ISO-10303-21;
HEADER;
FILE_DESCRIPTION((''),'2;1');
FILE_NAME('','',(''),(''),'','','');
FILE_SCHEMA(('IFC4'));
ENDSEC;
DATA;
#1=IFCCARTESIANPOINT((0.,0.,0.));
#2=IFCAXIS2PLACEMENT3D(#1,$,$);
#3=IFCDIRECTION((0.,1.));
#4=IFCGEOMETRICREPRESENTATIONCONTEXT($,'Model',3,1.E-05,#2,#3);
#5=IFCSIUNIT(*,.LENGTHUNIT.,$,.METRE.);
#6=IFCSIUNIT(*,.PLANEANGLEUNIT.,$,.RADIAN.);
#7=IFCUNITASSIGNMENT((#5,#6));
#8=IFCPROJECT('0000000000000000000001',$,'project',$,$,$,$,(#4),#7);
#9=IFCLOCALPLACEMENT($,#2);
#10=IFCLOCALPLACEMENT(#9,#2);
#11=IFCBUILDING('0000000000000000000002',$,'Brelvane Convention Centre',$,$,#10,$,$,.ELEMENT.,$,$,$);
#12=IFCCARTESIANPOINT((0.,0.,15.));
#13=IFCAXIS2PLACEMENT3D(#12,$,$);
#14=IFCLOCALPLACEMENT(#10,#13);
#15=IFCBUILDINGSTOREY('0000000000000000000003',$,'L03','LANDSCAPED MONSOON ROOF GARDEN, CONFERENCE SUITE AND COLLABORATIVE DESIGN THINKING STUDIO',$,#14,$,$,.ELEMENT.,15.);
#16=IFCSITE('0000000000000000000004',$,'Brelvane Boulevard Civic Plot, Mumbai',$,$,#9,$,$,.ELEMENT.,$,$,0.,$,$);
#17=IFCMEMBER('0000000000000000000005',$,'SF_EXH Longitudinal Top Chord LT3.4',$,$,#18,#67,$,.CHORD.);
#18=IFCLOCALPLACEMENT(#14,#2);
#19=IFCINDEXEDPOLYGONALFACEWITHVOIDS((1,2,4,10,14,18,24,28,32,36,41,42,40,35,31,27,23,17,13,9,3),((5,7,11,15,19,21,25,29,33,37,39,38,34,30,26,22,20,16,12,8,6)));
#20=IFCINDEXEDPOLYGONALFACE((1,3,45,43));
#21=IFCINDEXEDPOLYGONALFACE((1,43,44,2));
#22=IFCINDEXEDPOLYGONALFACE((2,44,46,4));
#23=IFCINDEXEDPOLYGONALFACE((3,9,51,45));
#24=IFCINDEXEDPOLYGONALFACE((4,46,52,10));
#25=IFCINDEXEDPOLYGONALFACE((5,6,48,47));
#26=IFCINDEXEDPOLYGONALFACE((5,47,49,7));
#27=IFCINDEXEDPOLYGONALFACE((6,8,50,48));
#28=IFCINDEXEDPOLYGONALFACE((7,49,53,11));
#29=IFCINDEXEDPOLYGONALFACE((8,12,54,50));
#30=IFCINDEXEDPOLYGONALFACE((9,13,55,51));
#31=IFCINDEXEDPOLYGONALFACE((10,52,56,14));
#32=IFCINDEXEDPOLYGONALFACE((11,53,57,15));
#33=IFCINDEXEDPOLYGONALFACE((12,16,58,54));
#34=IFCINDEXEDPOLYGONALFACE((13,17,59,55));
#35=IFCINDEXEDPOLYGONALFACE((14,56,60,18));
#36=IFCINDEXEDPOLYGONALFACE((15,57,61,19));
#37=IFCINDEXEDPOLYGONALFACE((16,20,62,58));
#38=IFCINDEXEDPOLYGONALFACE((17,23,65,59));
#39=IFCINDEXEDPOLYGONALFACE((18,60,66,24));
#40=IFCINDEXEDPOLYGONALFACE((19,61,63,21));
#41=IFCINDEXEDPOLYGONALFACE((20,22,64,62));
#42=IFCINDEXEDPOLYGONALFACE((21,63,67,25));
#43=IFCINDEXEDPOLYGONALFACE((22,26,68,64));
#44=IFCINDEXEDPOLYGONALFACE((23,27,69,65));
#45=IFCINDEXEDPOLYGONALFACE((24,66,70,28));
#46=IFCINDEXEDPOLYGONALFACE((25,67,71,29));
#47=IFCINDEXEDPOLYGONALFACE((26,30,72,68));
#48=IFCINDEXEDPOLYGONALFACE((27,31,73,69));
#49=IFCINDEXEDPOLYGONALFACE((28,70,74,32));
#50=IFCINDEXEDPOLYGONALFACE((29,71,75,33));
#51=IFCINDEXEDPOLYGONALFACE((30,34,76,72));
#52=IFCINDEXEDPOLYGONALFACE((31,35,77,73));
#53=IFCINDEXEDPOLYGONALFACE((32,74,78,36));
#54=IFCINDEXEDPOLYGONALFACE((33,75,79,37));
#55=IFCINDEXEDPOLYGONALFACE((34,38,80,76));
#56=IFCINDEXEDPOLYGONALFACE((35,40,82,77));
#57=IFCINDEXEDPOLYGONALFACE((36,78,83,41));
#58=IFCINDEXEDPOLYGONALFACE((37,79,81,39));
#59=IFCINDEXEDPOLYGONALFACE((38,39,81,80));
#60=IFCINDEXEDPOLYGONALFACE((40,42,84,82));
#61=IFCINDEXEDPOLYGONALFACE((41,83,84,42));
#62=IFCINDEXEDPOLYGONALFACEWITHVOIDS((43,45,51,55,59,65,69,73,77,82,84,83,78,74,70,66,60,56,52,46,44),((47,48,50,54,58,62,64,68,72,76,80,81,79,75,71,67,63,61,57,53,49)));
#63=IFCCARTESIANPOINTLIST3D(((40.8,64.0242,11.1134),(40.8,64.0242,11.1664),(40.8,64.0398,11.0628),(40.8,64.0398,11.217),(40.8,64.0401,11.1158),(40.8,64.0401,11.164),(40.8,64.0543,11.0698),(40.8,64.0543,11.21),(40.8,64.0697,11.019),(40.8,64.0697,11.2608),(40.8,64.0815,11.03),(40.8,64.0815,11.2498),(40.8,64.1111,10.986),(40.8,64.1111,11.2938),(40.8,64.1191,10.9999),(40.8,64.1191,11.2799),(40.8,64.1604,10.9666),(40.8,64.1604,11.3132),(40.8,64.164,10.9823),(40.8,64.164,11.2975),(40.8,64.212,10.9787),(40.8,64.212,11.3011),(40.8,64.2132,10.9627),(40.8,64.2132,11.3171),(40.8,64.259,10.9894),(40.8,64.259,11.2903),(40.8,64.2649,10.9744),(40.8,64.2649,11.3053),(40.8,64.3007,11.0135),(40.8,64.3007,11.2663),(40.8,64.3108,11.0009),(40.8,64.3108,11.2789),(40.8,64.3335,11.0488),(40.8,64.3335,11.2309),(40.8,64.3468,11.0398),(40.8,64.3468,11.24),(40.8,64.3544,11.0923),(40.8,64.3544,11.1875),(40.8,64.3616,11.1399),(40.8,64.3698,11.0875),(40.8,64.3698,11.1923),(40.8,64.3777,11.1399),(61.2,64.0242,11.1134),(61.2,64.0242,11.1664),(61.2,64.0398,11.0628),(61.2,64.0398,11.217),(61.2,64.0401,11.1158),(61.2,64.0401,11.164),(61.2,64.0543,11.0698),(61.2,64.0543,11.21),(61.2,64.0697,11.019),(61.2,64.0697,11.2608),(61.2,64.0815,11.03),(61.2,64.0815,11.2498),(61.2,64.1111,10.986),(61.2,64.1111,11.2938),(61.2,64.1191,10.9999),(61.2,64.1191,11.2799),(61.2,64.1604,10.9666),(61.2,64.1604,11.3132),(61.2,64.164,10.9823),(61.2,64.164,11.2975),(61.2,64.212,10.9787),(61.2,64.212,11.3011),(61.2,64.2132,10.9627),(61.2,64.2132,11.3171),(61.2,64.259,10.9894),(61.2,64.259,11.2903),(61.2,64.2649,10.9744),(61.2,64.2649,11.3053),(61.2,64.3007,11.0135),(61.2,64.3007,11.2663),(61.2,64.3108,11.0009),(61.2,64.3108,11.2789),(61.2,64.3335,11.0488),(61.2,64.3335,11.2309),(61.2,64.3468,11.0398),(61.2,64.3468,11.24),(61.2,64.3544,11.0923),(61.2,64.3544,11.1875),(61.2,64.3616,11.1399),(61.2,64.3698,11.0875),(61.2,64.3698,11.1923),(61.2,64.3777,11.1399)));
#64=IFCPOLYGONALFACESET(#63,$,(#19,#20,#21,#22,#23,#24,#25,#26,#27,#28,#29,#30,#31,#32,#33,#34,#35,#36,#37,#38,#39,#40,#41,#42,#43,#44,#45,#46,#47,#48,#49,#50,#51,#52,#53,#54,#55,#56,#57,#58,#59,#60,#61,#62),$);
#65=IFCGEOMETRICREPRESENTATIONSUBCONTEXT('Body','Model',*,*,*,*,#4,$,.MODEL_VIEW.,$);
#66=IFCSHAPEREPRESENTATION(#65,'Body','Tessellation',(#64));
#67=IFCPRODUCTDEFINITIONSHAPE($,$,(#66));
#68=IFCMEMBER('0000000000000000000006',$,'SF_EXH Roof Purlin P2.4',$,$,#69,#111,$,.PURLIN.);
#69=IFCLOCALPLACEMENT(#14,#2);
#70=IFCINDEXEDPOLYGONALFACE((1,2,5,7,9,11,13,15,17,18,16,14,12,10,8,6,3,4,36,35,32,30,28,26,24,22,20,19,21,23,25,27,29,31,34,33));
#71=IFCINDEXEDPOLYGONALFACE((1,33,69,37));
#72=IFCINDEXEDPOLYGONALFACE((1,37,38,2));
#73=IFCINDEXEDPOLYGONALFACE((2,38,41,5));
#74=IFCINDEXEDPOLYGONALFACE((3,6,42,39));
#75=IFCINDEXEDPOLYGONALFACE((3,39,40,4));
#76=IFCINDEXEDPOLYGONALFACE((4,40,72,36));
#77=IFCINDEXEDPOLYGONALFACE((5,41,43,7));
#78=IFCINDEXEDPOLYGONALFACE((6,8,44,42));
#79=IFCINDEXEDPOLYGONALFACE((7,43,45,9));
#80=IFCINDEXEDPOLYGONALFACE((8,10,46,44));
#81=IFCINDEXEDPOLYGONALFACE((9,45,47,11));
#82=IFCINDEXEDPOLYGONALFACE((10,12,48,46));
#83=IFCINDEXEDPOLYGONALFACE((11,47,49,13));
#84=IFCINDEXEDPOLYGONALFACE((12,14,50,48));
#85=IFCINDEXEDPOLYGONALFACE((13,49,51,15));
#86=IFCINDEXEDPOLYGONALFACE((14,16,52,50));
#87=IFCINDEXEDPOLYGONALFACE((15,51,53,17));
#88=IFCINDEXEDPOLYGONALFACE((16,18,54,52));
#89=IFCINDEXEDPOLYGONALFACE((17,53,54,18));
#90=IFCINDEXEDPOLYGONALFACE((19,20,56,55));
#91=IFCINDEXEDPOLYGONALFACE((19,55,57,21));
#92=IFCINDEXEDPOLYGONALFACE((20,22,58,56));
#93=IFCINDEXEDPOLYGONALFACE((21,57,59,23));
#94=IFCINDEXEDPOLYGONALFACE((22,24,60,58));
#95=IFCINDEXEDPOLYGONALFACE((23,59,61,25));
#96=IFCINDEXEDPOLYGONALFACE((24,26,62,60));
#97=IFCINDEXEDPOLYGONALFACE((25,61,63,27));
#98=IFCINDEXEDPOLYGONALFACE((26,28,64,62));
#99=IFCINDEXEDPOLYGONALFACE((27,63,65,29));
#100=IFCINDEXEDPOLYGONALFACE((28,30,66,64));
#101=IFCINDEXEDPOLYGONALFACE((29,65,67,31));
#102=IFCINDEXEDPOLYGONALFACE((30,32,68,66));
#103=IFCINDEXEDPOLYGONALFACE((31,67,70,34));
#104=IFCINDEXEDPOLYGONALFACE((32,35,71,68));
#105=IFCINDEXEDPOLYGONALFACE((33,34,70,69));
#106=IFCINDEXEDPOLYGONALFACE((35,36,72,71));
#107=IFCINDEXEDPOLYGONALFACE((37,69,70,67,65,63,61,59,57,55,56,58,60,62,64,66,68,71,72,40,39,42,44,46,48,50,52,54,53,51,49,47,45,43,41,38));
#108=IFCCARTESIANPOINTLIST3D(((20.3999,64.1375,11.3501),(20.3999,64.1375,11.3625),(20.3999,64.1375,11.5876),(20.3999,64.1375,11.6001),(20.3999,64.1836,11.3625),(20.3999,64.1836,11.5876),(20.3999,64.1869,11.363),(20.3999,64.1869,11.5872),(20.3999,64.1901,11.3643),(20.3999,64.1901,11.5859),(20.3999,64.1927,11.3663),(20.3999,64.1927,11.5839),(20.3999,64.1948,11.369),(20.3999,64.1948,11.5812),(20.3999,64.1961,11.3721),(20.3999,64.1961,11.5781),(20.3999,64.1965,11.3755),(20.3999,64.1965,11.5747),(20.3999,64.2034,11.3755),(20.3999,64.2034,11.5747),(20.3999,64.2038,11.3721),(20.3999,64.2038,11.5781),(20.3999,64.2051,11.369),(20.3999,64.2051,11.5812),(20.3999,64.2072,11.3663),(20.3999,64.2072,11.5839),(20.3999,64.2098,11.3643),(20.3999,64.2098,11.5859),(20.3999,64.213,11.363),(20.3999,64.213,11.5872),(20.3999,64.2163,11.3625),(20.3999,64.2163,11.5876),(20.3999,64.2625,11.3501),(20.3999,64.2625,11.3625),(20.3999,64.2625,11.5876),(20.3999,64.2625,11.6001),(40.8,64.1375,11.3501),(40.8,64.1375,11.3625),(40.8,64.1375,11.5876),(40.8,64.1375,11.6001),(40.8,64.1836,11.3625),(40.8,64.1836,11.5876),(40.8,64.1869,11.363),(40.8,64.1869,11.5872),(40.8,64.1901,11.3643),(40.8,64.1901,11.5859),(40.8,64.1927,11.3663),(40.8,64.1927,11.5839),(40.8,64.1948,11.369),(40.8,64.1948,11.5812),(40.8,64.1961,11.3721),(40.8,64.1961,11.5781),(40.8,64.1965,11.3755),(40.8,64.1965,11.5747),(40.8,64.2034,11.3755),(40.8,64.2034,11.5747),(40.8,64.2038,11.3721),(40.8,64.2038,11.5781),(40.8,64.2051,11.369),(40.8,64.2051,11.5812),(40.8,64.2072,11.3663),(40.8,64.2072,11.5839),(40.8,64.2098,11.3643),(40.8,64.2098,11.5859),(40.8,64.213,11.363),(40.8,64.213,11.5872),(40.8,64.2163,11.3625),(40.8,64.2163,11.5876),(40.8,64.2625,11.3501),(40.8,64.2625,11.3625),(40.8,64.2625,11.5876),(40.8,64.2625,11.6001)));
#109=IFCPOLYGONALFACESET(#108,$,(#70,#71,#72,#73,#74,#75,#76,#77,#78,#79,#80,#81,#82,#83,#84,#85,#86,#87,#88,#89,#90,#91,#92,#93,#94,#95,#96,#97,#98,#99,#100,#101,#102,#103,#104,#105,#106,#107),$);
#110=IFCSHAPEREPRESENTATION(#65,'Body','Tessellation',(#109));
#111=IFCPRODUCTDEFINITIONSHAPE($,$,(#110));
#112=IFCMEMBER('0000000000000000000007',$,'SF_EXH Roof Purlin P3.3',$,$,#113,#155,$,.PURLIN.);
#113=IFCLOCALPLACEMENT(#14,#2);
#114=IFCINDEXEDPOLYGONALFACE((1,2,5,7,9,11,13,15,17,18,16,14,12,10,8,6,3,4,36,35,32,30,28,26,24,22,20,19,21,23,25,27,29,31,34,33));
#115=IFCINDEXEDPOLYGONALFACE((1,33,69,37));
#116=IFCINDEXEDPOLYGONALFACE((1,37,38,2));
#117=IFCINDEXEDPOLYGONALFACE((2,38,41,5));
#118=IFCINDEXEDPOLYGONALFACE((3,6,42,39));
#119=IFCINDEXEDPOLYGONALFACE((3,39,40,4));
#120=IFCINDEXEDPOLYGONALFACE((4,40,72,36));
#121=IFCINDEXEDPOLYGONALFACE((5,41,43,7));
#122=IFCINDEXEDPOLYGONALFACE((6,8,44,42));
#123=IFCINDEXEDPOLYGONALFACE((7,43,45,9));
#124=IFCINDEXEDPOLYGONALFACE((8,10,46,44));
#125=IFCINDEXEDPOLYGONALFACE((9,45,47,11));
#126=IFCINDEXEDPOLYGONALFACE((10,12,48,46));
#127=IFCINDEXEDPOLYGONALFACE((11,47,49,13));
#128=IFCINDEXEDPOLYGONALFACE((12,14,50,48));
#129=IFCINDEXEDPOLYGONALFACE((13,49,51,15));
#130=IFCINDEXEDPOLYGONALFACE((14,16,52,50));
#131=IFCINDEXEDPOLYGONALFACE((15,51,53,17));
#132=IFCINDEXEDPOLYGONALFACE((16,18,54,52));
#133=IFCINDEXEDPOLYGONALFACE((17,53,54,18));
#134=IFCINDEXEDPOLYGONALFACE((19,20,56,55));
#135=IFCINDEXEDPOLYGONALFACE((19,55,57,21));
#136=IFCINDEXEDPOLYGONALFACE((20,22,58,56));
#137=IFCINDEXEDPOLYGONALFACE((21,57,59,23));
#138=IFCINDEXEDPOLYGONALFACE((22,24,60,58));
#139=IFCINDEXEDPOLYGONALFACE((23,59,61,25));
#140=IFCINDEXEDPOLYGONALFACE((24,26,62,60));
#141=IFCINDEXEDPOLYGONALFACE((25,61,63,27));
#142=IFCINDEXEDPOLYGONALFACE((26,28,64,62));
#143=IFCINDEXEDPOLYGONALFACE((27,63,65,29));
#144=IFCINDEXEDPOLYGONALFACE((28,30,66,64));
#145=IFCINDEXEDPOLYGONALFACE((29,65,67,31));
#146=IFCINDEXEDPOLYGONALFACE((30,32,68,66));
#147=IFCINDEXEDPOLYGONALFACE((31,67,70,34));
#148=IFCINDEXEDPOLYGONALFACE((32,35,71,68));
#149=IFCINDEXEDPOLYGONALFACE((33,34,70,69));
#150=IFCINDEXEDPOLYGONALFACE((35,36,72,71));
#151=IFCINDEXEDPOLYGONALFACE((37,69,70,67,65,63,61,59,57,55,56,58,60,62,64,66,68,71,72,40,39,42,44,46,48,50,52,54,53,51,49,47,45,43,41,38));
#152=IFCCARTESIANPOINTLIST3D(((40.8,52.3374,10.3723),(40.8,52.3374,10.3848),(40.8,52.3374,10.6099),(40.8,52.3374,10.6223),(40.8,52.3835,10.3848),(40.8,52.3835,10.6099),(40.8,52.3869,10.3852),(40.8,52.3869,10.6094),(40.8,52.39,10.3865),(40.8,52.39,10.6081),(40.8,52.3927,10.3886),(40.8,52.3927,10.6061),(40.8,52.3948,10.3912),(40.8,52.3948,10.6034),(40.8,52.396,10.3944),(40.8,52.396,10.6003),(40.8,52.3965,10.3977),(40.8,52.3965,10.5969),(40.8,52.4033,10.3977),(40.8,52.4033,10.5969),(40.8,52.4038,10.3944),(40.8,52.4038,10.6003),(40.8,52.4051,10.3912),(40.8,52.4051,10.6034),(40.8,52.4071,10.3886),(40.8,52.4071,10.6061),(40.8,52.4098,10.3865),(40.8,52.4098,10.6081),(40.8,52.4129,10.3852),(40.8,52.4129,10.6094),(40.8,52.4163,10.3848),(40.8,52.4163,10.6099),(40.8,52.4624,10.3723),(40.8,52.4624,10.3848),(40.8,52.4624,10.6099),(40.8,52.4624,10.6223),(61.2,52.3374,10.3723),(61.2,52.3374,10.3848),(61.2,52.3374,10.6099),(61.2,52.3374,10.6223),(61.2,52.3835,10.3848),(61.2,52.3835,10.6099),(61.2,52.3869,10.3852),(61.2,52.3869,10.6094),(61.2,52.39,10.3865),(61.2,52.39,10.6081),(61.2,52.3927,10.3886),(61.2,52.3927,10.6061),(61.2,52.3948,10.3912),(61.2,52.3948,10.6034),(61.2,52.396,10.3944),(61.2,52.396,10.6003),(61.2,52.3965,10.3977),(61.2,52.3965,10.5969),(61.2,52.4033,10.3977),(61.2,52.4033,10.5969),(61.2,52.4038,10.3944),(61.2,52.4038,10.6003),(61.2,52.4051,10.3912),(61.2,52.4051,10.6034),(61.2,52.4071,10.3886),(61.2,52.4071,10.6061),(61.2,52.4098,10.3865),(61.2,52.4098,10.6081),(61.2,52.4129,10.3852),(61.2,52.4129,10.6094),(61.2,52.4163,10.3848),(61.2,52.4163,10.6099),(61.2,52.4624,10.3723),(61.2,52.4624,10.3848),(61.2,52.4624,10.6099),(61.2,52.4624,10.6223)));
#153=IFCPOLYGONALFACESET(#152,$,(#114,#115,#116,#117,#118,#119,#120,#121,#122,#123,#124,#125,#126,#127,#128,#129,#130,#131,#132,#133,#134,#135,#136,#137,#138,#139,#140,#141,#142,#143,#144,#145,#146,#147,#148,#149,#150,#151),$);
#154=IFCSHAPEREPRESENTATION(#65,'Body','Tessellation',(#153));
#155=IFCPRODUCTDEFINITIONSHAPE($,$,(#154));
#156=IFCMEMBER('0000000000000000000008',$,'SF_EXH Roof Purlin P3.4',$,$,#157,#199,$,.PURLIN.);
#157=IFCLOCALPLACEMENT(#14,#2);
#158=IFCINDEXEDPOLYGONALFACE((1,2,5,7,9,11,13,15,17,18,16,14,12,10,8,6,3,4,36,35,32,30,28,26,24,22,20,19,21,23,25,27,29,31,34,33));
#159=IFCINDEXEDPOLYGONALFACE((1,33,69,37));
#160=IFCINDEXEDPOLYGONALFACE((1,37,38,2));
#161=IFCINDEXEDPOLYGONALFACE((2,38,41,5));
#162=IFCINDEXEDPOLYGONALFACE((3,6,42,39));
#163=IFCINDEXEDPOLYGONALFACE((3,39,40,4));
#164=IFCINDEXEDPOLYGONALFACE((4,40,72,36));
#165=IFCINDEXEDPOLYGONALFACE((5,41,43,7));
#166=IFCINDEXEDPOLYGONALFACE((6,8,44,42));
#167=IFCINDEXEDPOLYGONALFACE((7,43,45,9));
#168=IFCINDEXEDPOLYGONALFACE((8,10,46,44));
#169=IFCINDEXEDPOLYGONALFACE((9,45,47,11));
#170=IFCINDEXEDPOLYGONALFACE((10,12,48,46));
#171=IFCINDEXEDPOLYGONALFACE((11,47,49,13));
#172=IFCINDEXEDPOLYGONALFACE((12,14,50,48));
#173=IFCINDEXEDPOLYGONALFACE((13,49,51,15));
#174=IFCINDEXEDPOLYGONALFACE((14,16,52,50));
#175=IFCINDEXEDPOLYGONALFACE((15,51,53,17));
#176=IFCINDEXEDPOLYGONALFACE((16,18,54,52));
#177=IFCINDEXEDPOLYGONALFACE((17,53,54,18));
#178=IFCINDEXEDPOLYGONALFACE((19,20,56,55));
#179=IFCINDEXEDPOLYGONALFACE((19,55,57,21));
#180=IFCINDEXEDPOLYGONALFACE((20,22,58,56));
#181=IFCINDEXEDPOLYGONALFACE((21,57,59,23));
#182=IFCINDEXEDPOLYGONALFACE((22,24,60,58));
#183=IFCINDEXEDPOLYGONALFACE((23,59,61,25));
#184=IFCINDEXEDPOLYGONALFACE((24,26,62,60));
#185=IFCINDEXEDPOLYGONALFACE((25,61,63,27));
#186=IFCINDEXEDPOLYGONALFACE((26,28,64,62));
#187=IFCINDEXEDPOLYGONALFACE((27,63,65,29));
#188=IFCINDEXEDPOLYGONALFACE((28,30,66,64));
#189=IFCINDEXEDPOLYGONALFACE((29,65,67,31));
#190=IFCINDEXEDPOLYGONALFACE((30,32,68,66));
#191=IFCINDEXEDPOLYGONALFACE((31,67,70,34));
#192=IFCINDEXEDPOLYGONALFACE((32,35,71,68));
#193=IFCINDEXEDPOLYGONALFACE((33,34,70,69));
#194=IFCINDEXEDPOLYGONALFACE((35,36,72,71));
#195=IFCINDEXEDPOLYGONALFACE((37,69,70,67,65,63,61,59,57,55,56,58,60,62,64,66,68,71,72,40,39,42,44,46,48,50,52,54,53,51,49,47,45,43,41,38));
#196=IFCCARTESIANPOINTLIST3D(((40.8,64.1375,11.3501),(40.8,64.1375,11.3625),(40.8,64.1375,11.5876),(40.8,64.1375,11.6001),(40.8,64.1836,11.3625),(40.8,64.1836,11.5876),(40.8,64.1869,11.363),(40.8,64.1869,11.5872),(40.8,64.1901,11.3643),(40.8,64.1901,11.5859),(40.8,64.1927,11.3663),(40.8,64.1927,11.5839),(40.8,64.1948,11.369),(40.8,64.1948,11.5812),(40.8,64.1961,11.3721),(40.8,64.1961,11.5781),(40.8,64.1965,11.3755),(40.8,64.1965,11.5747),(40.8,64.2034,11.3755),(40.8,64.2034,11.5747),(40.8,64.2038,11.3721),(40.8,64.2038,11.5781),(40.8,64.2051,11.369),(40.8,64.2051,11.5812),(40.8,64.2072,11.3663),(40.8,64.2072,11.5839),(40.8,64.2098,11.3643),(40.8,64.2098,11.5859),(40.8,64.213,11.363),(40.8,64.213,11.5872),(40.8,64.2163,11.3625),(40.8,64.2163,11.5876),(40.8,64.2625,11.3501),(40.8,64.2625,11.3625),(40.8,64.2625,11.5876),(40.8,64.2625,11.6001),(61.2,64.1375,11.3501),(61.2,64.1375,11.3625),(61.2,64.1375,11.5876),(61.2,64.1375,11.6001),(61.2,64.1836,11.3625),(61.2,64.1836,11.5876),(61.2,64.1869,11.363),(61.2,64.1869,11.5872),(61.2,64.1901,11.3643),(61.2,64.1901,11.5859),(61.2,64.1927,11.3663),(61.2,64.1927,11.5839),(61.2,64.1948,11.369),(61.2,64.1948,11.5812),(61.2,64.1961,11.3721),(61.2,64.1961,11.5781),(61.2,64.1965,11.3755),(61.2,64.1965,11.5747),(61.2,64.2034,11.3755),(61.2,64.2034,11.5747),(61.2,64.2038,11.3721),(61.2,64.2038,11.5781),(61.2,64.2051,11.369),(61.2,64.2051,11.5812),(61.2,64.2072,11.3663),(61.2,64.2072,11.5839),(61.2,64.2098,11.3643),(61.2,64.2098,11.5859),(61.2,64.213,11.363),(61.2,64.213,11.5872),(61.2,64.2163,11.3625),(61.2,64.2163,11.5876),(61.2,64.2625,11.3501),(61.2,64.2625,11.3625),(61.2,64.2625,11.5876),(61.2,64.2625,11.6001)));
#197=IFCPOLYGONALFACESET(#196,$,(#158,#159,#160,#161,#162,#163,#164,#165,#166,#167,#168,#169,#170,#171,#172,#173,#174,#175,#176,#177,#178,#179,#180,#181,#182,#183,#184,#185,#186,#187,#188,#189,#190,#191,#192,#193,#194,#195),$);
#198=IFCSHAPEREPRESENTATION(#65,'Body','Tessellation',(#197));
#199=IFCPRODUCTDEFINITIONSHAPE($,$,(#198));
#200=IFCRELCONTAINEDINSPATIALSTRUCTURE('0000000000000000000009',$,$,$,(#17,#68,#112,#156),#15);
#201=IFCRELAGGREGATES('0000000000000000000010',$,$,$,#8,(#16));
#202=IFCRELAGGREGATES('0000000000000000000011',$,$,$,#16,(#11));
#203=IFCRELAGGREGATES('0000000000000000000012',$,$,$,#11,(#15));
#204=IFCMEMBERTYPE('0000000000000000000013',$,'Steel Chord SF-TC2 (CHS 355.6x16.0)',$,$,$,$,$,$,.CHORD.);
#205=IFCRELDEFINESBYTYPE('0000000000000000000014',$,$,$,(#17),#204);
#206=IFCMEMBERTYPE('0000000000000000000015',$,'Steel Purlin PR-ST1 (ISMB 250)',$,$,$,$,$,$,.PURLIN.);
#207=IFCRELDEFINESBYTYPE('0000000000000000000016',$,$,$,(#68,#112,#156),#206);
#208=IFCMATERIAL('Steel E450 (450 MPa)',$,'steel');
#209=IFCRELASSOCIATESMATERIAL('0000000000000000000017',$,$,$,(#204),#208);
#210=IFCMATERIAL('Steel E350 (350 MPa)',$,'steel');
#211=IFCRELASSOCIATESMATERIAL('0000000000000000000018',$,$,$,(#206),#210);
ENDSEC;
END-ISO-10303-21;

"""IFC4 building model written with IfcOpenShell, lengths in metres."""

from ifc_helpers import new_model, si_unit, direction, frame, origin, origin_2d, place, context, subcontext, project, spatial, hollow_circle, i_section, extrude, material, material_profile, profile_set, type_object, element, save


model = new_model("IFC4")

# Units and contexts
model_context = context("Model", 3, precision=1e-05, world=origin(), true_north=direction((0.0, 1.0)))
body_context = subcontext(model_context, "Body", "Model", "MODEL_VIEW")
ifc_project = project(units=[si_unit("LENGTHUNIT", "METRE"), si_unit("PLANEANGLEUNIT", "RADIAN")], contexts=[model_context])

# Site, building, storey
site_placement = place(None, origin())
site = spatial("IfcSite", under=ifc_project, at=site_placement, Name="Brelvane Boulevard Civic Plot, Mumbai", CompositionType="ELEMENT", RefElevation=0.0)
building_placement = place(site_placement, origin())
building = spatial("IfcBuilding", under=site, at=building_placement, Name="Brelvane Convention Centre", CompositionType="ELEMENT")
storey_placement = place(building_placement, frame((0.0, 0.0, 15.0)))
storey = spatial("IfcBuildingStorey", under=building, at=storey_placement, Name="L03", Description="LANDSCAPED MONSOON ROOF GARDEN, CONFERENCE SUITE AND COLLABORATIVE DESIGN THINKING STUDIO", CompositionType="ELEMENT", Elevation=15.0)

# Members
ifc_material_1 = material(Name="Steel E450 (450 MPa)", Category="steel")
ifc_material_profile_1 = material_profile(ifc_material_1, hollow_circle(Radius=0.1777, WallThickness=0.0161, at=origin_2d()), Name="CHS 355.6x16.0")
ifc_profile_set_1 = profile_set([ifc_material_profile_1], Name="Steel E450 (450 MPa)")
member_type_1 = type_object("IfcMemberType", Name="Steel Chord SF-TC2 (CHS 355.6x16.0)", PredefinedType="CHORD", material=ifc_profile_set_1)
for number, where, z_axis, x_axis, name in (
    (1, (40.8, 64.2, 11.1399), (1.0, 0.0, 0.0), (0.0, 1.0, 0.0), "SF_EXH Longitudinal Top Chord LT3.4"),
):
    element("IfcMember", number, at=place(storey_placement, frame(where, z_axis=z_axis, x_axis=x_axis)), inside=storey, type_object=member_type_1, Name=name, PredefinedType="CHORD", context=body_context, shape_type="SweptSolid", body=[
        extrude(hollow_circle(Radius=0.1777, WallThickness=0.0161, at=origin_2d()), origin(), (0.0, 0.0, 1.0), 20.3999),
    ])
ifc_material_2 = material(Name="Steel E350 (350 MPa)", Category="steel")
ifc_material_profile_2 = material_profile(ifc_material_2, i_section(OverallWidth=0.125, OverallDepth=0.25, WebThickness=0.0068, FlangeThickness=0.0125, FilletRadius=0.0129, at=origin_2d()), Name="ISMB 250")
ifc_profile_set_2 = profile_set([ifc_material_profile_2], Name="Steel E350 (350 MPa)")
member_type_2 = type_object("IfcMemberType", Name="Steel Purlin PR-ST1 (ISMB 250)", PredefinedType="PURLIN", material=ifc_profile_set_2)
member_1_placement = place(storey_placement, frame((20.3999, 64.2, 11.4751), z_axis=(1.0, 0.0, 0.0), x_axis=(0.0, 1.0, 0.0)))
element("IfcMember", 2, at=member_1_placement, inside=storey, type_object=member_type_2, Name="SF_EXH Roof Purlin P2.4", PredefinedType="PURLIN", context=body_context, shape_type="SweptSolid", body=[
    extrude(i_section(OverallWidth=0.125, OverallDepth=0.25, WebThickness=0.0068, FlangeThickness=0.0125, FilletRadius=0.0129, at=origin_2d()), origin(), (0.0, 0.0, 1.0), 20.4001),
])
for number, where, z_axis, x_axis, name in (
    (3, (40.8, 52.3999, 10.4973), (1.0, 0.0, 0.0), (0.0, 1.0, 0.0), "SF_EXH Roof Purlin P3.3"),
    (4, (40.8, 64.2, 11.4751), (1.0, 0.0, 0.0), (0.0, 1.0, 0.0), "SF_EXH Roof Purlin P3.4"),
):
    element("IfcMember", number, at=place(storey_placement, frame(where, z_axis=z_axis, x_axis=x_axis)), inside=storey, type_object=member_type_2, Name=name, PredefinedType="PURLIN", context=body_context, shape_type="SweptSolid", body=[
        extrude(i_section(OverallWidth=0.125, OverallDepth=0.25, WebThickness=0.0068, FlangeThickness=0.0125, FilletRadius=0.0129, at=origin_2d()), origin(), (0.0, 0.0, 1.0), 20.3999),
    ])

save(model, "model.ifc")
